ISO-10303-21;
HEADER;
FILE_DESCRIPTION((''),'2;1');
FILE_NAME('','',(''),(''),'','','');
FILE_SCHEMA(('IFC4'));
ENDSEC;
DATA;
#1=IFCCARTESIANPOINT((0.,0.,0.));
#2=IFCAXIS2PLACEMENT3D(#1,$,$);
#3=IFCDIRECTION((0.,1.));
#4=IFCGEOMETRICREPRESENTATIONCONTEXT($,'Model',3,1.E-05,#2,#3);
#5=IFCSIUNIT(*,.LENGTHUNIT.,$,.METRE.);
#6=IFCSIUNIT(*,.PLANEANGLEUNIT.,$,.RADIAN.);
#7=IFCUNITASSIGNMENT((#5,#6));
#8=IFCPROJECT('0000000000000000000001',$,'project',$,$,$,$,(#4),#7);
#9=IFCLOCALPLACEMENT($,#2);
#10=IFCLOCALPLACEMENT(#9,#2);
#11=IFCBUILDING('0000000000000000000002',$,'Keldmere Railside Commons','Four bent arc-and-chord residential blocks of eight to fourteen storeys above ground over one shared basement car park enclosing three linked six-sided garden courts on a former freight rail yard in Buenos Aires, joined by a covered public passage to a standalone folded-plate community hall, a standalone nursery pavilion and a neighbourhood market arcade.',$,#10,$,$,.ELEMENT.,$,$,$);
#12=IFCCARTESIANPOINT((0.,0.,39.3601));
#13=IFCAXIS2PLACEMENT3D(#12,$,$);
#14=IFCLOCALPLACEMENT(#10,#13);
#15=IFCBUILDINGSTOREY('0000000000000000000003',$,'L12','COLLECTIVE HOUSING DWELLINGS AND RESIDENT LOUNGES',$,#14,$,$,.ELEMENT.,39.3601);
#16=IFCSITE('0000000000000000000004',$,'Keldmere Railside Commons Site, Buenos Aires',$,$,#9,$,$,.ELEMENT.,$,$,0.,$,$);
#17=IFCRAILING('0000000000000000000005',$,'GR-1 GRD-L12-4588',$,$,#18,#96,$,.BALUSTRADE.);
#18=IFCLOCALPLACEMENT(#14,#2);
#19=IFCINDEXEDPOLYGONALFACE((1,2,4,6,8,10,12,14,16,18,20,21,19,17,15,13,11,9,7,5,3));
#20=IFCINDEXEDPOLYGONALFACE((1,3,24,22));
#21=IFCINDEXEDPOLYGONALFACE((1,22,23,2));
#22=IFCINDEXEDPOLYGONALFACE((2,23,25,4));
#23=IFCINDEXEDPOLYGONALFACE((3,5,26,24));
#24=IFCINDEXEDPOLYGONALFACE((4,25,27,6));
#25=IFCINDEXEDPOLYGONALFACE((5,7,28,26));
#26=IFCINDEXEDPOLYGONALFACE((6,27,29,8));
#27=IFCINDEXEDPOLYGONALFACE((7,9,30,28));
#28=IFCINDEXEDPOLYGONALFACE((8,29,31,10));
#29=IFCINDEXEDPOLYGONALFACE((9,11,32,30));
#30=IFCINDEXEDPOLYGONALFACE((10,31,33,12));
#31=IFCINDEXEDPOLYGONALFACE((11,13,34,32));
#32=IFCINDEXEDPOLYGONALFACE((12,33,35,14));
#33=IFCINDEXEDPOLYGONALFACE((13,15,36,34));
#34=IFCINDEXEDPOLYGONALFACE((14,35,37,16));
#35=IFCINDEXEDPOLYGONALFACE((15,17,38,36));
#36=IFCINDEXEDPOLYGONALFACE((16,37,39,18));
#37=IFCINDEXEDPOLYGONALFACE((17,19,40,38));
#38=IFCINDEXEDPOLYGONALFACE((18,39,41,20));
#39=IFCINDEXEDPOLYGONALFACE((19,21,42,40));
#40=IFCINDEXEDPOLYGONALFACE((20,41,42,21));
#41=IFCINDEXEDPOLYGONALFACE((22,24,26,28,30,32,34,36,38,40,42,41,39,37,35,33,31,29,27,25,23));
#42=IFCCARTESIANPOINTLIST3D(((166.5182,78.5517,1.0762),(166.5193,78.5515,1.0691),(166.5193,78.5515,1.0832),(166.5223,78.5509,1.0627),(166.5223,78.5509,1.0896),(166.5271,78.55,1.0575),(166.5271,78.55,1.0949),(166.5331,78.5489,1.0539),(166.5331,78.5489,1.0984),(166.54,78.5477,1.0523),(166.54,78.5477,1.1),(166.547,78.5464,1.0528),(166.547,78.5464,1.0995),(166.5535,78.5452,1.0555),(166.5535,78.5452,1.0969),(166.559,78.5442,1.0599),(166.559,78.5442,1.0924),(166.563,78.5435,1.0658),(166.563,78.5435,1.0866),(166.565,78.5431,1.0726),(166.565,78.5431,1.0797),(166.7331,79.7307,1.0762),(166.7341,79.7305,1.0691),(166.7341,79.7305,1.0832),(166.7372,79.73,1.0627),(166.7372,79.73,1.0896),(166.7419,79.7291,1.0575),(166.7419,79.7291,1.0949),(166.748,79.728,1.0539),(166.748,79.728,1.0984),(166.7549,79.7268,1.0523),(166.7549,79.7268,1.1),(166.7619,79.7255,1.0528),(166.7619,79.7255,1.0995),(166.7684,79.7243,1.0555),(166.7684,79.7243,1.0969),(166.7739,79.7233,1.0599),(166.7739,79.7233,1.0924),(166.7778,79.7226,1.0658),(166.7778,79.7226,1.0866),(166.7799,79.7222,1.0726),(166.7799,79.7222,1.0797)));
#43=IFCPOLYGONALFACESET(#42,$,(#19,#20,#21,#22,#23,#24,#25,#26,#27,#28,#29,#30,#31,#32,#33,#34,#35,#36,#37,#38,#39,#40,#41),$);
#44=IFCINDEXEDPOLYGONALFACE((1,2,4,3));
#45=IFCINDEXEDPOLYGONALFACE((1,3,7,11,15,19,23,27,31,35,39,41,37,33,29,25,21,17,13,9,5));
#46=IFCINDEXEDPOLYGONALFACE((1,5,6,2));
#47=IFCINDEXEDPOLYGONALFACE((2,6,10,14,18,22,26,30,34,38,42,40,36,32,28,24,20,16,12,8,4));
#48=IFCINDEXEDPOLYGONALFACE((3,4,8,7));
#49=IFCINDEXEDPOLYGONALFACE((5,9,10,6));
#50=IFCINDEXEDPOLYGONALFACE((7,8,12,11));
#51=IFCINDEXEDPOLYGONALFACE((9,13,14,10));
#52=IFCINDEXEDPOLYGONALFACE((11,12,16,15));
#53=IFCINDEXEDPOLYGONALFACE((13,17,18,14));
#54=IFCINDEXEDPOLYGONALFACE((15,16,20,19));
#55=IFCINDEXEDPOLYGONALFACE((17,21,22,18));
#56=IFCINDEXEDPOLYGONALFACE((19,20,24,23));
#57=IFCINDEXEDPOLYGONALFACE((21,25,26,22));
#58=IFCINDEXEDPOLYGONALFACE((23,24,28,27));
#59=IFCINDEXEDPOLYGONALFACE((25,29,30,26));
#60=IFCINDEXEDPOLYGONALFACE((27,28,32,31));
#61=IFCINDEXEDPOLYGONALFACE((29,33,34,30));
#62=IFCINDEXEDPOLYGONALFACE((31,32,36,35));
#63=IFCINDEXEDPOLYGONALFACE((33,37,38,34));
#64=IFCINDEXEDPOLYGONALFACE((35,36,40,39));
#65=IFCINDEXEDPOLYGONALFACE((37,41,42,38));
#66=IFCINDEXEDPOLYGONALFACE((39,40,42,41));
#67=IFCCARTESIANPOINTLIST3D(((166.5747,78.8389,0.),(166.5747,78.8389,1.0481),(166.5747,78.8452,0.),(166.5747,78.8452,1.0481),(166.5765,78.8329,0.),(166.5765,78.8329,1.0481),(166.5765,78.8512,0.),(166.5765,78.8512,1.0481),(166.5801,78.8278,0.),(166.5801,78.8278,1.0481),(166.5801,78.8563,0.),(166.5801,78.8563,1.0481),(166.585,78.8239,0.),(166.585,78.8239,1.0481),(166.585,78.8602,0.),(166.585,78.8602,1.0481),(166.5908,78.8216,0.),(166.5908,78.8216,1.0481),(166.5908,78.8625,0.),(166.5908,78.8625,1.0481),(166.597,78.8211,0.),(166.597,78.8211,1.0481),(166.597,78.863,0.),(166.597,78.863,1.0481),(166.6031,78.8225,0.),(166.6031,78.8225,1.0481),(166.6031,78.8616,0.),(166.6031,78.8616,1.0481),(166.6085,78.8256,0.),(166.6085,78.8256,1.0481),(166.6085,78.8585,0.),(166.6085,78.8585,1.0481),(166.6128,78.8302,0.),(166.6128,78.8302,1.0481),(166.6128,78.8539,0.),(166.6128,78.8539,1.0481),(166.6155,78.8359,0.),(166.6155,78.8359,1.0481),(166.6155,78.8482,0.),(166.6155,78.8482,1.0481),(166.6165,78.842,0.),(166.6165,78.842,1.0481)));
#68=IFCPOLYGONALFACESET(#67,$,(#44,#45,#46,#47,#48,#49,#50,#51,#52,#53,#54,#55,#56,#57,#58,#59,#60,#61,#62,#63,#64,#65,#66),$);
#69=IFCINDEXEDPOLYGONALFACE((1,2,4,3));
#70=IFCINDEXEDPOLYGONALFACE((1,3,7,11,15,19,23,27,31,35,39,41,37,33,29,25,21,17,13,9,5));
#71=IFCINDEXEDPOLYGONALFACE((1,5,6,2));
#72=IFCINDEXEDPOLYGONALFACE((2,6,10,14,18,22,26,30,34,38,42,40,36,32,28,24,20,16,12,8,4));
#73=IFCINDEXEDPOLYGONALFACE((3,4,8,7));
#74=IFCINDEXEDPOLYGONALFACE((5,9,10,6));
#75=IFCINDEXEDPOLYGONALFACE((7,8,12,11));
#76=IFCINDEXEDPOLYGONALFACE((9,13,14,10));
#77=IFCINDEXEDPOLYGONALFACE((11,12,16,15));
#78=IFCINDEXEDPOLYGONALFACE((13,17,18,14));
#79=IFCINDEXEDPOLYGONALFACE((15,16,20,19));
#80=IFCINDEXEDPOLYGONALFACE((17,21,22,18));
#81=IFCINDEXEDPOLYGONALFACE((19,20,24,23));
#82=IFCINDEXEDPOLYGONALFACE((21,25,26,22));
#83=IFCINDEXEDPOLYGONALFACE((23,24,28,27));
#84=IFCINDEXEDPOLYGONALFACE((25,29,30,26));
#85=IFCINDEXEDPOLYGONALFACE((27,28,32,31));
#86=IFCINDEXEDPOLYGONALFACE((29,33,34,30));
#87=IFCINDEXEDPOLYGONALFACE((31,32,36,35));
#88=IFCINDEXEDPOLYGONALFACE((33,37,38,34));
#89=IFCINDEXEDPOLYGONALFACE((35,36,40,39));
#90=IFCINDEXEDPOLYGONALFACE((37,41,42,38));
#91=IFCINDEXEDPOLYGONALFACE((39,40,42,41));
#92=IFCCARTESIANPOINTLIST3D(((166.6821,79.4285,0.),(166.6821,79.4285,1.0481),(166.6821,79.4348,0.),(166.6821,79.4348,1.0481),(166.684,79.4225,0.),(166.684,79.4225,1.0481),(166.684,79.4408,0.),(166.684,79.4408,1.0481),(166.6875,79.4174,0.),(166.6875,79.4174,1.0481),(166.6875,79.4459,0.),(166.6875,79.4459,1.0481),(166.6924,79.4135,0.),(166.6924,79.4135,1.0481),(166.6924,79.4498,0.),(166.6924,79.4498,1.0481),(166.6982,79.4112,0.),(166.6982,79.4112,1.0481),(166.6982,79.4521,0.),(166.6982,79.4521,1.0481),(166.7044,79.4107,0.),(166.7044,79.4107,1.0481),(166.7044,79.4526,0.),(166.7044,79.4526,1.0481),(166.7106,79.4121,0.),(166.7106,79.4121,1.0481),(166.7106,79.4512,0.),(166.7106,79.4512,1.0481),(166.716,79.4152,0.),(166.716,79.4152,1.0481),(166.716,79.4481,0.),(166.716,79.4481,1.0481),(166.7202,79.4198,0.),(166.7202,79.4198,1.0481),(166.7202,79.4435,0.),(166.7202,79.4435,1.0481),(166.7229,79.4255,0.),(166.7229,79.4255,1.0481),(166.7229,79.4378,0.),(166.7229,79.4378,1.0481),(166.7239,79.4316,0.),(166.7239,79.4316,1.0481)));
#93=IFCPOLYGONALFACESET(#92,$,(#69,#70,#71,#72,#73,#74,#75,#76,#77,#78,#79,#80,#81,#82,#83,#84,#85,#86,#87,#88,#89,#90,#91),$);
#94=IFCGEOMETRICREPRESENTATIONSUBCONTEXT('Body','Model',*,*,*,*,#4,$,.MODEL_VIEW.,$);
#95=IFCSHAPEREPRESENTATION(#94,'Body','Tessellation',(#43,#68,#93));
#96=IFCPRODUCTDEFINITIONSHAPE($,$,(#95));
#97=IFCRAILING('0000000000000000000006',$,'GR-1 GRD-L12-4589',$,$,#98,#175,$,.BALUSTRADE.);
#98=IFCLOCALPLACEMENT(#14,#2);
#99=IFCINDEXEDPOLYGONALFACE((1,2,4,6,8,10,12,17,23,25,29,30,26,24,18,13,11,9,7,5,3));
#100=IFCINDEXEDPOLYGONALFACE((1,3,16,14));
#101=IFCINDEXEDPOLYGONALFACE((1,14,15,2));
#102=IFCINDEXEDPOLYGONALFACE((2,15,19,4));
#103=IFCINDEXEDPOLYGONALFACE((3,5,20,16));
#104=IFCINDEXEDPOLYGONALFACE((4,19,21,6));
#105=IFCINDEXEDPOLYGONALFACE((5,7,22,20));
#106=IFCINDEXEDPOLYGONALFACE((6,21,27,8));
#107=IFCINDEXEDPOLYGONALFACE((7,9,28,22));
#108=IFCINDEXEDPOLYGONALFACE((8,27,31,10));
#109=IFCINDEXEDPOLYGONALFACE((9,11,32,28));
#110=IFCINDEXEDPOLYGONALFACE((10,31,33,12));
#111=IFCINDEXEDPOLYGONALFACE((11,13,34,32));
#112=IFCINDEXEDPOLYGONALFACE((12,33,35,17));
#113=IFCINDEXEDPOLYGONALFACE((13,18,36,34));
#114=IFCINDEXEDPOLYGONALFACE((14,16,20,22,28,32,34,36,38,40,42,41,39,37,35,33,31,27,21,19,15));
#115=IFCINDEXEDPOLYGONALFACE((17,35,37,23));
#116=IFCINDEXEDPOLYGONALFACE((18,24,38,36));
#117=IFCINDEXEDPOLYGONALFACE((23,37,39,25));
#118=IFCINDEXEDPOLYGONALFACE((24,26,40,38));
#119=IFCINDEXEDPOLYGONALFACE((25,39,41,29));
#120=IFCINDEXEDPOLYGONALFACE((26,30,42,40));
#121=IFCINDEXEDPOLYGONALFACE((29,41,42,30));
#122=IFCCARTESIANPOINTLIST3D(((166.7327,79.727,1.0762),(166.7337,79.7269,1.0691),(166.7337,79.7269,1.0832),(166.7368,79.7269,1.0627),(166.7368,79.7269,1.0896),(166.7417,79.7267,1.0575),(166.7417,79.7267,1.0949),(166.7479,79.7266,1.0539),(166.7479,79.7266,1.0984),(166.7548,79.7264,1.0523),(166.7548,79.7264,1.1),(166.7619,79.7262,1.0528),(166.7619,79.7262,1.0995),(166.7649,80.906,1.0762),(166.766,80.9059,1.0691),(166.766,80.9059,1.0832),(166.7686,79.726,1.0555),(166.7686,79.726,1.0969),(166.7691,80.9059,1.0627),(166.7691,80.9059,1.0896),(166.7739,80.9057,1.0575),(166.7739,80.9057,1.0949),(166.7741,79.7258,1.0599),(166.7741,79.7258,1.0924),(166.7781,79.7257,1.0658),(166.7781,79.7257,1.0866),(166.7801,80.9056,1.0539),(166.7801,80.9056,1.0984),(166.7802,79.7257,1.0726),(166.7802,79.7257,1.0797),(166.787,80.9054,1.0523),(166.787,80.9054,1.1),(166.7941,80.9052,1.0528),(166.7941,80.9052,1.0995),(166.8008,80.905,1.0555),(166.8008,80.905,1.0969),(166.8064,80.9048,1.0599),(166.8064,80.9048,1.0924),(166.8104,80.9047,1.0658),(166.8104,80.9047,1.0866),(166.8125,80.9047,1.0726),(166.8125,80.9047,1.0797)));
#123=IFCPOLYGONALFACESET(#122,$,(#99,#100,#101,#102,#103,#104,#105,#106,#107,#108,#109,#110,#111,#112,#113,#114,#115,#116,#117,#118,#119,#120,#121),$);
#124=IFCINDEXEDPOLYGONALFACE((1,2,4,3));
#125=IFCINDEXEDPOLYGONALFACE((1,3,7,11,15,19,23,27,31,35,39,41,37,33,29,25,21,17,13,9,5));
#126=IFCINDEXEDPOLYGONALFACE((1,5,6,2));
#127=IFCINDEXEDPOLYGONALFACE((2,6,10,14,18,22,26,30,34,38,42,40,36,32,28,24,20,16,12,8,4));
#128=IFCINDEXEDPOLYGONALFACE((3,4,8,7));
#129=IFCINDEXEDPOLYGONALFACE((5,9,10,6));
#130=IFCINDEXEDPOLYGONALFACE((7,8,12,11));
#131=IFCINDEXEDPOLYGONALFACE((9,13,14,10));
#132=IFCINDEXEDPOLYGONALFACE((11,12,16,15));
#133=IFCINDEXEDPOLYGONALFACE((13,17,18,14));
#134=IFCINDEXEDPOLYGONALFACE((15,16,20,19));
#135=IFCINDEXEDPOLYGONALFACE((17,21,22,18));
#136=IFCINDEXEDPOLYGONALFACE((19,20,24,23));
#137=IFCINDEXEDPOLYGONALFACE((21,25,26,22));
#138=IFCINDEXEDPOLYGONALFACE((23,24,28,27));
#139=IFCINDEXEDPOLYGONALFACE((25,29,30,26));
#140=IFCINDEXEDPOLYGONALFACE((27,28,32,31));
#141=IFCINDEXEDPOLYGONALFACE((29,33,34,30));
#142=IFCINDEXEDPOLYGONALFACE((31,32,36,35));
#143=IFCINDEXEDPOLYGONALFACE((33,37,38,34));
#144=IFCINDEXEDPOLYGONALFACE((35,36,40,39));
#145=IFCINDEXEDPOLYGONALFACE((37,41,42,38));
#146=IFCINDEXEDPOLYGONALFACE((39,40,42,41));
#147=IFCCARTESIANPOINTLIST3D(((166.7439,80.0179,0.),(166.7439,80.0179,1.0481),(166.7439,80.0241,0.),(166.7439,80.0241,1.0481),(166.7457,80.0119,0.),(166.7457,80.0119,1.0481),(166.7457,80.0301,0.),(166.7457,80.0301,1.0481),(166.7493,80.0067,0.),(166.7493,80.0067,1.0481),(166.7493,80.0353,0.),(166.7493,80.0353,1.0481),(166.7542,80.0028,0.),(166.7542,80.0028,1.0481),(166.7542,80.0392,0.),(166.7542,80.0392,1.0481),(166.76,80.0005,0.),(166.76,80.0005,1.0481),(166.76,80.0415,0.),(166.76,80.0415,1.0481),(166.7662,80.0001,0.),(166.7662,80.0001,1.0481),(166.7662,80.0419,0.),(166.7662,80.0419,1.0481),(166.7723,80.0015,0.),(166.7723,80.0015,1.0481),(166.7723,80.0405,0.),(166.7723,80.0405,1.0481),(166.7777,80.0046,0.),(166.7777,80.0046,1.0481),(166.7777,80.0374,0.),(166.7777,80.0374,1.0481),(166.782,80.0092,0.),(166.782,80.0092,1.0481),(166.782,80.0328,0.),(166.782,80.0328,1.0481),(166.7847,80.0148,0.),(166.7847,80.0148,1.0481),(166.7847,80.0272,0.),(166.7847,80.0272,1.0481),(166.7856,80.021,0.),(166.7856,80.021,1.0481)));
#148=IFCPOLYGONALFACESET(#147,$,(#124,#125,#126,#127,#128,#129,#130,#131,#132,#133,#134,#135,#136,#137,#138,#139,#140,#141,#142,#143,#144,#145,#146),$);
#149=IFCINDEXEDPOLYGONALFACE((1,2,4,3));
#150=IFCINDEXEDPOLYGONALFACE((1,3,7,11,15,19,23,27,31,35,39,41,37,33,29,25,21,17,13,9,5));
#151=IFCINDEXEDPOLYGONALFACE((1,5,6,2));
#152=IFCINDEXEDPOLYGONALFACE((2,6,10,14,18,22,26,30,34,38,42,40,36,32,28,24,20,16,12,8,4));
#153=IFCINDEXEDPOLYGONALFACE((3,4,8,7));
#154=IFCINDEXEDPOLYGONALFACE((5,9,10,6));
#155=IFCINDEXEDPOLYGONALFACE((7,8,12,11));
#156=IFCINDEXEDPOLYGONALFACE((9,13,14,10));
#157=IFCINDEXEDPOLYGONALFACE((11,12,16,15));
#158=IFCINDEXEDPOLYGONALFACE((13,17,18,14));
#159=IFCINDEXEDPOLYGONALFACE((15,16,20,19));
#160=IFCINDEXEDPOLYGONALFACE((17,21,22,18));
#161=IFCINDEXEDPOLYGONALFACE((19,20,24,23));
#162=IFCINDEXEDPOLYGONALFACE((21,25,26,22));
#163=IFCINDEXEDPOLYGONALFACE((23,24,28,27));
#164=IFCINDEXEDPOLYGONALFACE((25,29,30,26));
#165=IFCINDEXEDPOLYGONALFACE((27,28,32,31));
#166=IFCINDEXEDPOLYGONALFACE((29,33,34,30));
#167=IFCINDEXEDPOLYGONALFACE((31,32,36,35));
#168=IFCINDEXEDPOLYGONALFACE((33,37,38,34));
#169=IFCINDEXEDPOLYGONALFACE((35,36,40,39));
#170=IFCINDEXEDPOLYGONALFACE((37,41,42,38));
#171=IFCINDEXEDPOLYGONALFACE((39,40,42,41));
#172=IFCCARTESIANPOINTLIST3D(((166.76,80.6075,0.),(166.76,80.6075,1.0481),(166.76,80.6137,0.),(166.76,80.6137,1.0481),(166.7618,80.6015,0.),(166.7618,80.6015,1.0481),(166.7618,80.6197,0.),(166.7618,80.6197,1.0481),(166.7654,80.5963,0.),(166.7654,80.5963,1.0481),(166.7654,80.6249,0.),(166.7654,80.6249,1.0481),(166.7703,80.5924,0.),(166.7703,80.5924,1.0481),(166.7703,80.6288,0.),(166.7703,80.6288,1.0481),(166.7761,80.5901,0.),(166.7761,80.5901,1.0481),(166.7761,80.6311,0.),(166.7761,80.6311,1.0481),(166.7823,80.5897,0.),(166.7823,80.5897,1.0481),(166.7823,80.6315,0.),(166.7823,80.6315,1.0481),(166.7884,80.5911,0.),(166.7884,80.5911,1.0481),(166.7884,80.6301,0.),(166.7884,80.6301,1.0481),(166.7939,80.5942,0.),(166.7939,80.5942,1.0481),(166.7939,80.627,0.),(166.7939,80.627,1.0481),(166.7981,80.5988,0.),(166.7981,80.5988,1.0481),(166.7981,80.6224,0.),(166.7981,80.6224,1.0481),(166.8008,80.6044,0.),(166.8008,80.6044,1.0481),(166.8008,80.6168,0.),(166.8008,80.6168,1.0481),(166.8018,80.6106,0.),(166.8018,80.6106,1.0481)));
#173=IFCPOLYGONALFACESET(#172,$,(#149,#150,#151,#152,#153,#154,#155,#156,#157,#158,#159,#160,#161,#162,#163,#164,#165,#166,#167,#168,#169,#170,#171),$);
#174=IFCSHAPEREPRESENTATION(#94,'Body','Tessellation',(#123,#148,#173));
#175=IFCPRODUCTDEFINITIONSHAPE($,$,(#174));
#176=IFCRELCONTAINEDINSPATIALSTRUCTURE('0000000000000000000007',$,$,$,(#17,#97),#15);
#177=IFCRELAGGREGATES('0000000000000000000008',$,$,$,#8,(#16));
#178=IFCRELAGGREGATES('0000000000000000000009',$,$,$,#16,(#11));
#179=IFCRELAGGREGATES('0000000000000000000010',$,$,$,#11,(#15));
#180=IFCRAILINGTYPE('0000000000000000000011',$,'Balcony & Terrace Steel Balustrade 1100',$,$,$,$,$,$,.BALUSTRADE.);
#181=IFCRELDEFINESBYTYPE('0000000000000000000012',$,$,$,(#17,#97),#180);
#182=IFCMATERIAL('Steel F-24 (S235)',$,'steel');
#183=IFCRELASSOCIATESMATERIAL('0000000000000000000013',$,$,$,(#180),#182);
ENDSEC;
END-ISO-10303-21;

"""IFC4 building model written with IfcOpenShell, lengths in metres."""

from ifc_helpers import new_model, si_unit, direction, frame, origin, origin_2d, place, context, subcontext, project, spatial, circle, extrude, material, type_object, element, save


model = new_model("IFC4")

# Units and contexts
model_context = context("Model", 3, precision=1e-05, world=origin(), true_north=direction((0.0, 1.0)))
body_context = subcontext(model_context, "Body", "Model", "MODEL_VIEW")
ifc_project = project(units=[si_unit("LENGTHUNIT", "METRE"), si_unit("PLANEANGLEUNIT", "RADIAN")], contexts=[model_context])

# Site, building, storey
site_placement = place(None, origin())
site = spatial("IfcSite", under=ifc_project, at=site_placement, Name="Keldmere Railside Commons Site, Buenos Aires", CompositionType="ELEMENT", RefElevation=0.0)
building_placement = place(site_placement, origin())
building = spatial("IfcBuilding", under=site, at=building_placement, Name="Keldmere Railside Commons", Description="Four bent arc-and-chord residential blocks of eight to fourteen storeys above ground over one shared basement car park enclosing three linked six-sided garden courts on a former freight rail yard in Buenos Aires, joined by a covered public passage to a standalone folded-plate community hall, a standalone nursery pavilion and a neighbourhood market arcade.", CompositionType="ELEMENT")
storey_placement = place(building_placement, frame((0.0, 0.0, 39.3601)))
storey = spatial("IfcBuildingStorey", under=building, at=storey_placement, Name="L12", Description="COLLECTIVE HOUSING DWELLINGS AND RESIDENT LOUNGES", CompositionType="ELEMENT", Elevation=39.3601)

# Railings
ifc_material_1 = material(Name="Steel F-24 (S235)", Category="steel")
railing_type = type_object("IfcRailingType", Name="Balcony & Terrace Steel Balustrade 1100", PredefinedType="BALUSTRADE", material=ifc_material_1)
railing_1_placement = place(storey_placement, frame((166.5417, 78.5474, 0.0)))
element("IfcRailing", 1, at=railing_1_placement, inside=storey, type_object=railing_type, Name="GR-1 GRD-L12-4588", PredefinedType="BALUSTRADE", context=body_context, shape_type="SweptSolid", body=[
    extrude(circle(Radius=0.0239, at=origin_2d()), frame((0.0, 0.0, 1.0762), z_axis=(0.17928, 0.983798, 0.0), x_axis=(-0.983798, 0.17928, 0.0)), (0.0, 0.0, 1.0), 1.1985),
    extrude(circle(Radius=0.021, at=origin_2d()), frame((0.0537, 0.2947, 0.0)), (0.0, 0.0, 1.0), 1.0481),
    extrude(circle(Radius=0.021, at=origin_2d()), frame((0.1611, 0.8843, 0.0)), (0.0, 0.0, 1.0), 1.0481),
])
railing_2_placement = place(storey_placement, frame((166.7566, 79.7263, 0.0)))
element("IfcRailing", 2, at=railing_2_placement, inside=storey, type_object=railing_type, Name="GR-1 GRD-L12-4589", PredefinedType="BALUSTRADE", context=body_context, shape_type="SweptSolid", body=[
    extrude(circle(Radius=0.0239, at=origin_2d()), frame((0.0, 0.0, 1.0762), z_axis=(0.027325, 0.999627, 0.0), x_axis=(-0.999627, 0.027325, 0.0)), (0.0, 0.0, 1.0), 1.1794),
    extrude(circle(Radius=0.021, at=origin_2d()), frame((0.0081, 0.2947, 0.0)), (0.0, 0.0, 1.0), 1.0481),
    extrude(circle(Radius=0.021, at=origin_2d()), frame((0.0242, 0.8843, 0.0)), (0.0, 0.0, 1.0), 1.0481),
])

save(model, "model.ifc")
